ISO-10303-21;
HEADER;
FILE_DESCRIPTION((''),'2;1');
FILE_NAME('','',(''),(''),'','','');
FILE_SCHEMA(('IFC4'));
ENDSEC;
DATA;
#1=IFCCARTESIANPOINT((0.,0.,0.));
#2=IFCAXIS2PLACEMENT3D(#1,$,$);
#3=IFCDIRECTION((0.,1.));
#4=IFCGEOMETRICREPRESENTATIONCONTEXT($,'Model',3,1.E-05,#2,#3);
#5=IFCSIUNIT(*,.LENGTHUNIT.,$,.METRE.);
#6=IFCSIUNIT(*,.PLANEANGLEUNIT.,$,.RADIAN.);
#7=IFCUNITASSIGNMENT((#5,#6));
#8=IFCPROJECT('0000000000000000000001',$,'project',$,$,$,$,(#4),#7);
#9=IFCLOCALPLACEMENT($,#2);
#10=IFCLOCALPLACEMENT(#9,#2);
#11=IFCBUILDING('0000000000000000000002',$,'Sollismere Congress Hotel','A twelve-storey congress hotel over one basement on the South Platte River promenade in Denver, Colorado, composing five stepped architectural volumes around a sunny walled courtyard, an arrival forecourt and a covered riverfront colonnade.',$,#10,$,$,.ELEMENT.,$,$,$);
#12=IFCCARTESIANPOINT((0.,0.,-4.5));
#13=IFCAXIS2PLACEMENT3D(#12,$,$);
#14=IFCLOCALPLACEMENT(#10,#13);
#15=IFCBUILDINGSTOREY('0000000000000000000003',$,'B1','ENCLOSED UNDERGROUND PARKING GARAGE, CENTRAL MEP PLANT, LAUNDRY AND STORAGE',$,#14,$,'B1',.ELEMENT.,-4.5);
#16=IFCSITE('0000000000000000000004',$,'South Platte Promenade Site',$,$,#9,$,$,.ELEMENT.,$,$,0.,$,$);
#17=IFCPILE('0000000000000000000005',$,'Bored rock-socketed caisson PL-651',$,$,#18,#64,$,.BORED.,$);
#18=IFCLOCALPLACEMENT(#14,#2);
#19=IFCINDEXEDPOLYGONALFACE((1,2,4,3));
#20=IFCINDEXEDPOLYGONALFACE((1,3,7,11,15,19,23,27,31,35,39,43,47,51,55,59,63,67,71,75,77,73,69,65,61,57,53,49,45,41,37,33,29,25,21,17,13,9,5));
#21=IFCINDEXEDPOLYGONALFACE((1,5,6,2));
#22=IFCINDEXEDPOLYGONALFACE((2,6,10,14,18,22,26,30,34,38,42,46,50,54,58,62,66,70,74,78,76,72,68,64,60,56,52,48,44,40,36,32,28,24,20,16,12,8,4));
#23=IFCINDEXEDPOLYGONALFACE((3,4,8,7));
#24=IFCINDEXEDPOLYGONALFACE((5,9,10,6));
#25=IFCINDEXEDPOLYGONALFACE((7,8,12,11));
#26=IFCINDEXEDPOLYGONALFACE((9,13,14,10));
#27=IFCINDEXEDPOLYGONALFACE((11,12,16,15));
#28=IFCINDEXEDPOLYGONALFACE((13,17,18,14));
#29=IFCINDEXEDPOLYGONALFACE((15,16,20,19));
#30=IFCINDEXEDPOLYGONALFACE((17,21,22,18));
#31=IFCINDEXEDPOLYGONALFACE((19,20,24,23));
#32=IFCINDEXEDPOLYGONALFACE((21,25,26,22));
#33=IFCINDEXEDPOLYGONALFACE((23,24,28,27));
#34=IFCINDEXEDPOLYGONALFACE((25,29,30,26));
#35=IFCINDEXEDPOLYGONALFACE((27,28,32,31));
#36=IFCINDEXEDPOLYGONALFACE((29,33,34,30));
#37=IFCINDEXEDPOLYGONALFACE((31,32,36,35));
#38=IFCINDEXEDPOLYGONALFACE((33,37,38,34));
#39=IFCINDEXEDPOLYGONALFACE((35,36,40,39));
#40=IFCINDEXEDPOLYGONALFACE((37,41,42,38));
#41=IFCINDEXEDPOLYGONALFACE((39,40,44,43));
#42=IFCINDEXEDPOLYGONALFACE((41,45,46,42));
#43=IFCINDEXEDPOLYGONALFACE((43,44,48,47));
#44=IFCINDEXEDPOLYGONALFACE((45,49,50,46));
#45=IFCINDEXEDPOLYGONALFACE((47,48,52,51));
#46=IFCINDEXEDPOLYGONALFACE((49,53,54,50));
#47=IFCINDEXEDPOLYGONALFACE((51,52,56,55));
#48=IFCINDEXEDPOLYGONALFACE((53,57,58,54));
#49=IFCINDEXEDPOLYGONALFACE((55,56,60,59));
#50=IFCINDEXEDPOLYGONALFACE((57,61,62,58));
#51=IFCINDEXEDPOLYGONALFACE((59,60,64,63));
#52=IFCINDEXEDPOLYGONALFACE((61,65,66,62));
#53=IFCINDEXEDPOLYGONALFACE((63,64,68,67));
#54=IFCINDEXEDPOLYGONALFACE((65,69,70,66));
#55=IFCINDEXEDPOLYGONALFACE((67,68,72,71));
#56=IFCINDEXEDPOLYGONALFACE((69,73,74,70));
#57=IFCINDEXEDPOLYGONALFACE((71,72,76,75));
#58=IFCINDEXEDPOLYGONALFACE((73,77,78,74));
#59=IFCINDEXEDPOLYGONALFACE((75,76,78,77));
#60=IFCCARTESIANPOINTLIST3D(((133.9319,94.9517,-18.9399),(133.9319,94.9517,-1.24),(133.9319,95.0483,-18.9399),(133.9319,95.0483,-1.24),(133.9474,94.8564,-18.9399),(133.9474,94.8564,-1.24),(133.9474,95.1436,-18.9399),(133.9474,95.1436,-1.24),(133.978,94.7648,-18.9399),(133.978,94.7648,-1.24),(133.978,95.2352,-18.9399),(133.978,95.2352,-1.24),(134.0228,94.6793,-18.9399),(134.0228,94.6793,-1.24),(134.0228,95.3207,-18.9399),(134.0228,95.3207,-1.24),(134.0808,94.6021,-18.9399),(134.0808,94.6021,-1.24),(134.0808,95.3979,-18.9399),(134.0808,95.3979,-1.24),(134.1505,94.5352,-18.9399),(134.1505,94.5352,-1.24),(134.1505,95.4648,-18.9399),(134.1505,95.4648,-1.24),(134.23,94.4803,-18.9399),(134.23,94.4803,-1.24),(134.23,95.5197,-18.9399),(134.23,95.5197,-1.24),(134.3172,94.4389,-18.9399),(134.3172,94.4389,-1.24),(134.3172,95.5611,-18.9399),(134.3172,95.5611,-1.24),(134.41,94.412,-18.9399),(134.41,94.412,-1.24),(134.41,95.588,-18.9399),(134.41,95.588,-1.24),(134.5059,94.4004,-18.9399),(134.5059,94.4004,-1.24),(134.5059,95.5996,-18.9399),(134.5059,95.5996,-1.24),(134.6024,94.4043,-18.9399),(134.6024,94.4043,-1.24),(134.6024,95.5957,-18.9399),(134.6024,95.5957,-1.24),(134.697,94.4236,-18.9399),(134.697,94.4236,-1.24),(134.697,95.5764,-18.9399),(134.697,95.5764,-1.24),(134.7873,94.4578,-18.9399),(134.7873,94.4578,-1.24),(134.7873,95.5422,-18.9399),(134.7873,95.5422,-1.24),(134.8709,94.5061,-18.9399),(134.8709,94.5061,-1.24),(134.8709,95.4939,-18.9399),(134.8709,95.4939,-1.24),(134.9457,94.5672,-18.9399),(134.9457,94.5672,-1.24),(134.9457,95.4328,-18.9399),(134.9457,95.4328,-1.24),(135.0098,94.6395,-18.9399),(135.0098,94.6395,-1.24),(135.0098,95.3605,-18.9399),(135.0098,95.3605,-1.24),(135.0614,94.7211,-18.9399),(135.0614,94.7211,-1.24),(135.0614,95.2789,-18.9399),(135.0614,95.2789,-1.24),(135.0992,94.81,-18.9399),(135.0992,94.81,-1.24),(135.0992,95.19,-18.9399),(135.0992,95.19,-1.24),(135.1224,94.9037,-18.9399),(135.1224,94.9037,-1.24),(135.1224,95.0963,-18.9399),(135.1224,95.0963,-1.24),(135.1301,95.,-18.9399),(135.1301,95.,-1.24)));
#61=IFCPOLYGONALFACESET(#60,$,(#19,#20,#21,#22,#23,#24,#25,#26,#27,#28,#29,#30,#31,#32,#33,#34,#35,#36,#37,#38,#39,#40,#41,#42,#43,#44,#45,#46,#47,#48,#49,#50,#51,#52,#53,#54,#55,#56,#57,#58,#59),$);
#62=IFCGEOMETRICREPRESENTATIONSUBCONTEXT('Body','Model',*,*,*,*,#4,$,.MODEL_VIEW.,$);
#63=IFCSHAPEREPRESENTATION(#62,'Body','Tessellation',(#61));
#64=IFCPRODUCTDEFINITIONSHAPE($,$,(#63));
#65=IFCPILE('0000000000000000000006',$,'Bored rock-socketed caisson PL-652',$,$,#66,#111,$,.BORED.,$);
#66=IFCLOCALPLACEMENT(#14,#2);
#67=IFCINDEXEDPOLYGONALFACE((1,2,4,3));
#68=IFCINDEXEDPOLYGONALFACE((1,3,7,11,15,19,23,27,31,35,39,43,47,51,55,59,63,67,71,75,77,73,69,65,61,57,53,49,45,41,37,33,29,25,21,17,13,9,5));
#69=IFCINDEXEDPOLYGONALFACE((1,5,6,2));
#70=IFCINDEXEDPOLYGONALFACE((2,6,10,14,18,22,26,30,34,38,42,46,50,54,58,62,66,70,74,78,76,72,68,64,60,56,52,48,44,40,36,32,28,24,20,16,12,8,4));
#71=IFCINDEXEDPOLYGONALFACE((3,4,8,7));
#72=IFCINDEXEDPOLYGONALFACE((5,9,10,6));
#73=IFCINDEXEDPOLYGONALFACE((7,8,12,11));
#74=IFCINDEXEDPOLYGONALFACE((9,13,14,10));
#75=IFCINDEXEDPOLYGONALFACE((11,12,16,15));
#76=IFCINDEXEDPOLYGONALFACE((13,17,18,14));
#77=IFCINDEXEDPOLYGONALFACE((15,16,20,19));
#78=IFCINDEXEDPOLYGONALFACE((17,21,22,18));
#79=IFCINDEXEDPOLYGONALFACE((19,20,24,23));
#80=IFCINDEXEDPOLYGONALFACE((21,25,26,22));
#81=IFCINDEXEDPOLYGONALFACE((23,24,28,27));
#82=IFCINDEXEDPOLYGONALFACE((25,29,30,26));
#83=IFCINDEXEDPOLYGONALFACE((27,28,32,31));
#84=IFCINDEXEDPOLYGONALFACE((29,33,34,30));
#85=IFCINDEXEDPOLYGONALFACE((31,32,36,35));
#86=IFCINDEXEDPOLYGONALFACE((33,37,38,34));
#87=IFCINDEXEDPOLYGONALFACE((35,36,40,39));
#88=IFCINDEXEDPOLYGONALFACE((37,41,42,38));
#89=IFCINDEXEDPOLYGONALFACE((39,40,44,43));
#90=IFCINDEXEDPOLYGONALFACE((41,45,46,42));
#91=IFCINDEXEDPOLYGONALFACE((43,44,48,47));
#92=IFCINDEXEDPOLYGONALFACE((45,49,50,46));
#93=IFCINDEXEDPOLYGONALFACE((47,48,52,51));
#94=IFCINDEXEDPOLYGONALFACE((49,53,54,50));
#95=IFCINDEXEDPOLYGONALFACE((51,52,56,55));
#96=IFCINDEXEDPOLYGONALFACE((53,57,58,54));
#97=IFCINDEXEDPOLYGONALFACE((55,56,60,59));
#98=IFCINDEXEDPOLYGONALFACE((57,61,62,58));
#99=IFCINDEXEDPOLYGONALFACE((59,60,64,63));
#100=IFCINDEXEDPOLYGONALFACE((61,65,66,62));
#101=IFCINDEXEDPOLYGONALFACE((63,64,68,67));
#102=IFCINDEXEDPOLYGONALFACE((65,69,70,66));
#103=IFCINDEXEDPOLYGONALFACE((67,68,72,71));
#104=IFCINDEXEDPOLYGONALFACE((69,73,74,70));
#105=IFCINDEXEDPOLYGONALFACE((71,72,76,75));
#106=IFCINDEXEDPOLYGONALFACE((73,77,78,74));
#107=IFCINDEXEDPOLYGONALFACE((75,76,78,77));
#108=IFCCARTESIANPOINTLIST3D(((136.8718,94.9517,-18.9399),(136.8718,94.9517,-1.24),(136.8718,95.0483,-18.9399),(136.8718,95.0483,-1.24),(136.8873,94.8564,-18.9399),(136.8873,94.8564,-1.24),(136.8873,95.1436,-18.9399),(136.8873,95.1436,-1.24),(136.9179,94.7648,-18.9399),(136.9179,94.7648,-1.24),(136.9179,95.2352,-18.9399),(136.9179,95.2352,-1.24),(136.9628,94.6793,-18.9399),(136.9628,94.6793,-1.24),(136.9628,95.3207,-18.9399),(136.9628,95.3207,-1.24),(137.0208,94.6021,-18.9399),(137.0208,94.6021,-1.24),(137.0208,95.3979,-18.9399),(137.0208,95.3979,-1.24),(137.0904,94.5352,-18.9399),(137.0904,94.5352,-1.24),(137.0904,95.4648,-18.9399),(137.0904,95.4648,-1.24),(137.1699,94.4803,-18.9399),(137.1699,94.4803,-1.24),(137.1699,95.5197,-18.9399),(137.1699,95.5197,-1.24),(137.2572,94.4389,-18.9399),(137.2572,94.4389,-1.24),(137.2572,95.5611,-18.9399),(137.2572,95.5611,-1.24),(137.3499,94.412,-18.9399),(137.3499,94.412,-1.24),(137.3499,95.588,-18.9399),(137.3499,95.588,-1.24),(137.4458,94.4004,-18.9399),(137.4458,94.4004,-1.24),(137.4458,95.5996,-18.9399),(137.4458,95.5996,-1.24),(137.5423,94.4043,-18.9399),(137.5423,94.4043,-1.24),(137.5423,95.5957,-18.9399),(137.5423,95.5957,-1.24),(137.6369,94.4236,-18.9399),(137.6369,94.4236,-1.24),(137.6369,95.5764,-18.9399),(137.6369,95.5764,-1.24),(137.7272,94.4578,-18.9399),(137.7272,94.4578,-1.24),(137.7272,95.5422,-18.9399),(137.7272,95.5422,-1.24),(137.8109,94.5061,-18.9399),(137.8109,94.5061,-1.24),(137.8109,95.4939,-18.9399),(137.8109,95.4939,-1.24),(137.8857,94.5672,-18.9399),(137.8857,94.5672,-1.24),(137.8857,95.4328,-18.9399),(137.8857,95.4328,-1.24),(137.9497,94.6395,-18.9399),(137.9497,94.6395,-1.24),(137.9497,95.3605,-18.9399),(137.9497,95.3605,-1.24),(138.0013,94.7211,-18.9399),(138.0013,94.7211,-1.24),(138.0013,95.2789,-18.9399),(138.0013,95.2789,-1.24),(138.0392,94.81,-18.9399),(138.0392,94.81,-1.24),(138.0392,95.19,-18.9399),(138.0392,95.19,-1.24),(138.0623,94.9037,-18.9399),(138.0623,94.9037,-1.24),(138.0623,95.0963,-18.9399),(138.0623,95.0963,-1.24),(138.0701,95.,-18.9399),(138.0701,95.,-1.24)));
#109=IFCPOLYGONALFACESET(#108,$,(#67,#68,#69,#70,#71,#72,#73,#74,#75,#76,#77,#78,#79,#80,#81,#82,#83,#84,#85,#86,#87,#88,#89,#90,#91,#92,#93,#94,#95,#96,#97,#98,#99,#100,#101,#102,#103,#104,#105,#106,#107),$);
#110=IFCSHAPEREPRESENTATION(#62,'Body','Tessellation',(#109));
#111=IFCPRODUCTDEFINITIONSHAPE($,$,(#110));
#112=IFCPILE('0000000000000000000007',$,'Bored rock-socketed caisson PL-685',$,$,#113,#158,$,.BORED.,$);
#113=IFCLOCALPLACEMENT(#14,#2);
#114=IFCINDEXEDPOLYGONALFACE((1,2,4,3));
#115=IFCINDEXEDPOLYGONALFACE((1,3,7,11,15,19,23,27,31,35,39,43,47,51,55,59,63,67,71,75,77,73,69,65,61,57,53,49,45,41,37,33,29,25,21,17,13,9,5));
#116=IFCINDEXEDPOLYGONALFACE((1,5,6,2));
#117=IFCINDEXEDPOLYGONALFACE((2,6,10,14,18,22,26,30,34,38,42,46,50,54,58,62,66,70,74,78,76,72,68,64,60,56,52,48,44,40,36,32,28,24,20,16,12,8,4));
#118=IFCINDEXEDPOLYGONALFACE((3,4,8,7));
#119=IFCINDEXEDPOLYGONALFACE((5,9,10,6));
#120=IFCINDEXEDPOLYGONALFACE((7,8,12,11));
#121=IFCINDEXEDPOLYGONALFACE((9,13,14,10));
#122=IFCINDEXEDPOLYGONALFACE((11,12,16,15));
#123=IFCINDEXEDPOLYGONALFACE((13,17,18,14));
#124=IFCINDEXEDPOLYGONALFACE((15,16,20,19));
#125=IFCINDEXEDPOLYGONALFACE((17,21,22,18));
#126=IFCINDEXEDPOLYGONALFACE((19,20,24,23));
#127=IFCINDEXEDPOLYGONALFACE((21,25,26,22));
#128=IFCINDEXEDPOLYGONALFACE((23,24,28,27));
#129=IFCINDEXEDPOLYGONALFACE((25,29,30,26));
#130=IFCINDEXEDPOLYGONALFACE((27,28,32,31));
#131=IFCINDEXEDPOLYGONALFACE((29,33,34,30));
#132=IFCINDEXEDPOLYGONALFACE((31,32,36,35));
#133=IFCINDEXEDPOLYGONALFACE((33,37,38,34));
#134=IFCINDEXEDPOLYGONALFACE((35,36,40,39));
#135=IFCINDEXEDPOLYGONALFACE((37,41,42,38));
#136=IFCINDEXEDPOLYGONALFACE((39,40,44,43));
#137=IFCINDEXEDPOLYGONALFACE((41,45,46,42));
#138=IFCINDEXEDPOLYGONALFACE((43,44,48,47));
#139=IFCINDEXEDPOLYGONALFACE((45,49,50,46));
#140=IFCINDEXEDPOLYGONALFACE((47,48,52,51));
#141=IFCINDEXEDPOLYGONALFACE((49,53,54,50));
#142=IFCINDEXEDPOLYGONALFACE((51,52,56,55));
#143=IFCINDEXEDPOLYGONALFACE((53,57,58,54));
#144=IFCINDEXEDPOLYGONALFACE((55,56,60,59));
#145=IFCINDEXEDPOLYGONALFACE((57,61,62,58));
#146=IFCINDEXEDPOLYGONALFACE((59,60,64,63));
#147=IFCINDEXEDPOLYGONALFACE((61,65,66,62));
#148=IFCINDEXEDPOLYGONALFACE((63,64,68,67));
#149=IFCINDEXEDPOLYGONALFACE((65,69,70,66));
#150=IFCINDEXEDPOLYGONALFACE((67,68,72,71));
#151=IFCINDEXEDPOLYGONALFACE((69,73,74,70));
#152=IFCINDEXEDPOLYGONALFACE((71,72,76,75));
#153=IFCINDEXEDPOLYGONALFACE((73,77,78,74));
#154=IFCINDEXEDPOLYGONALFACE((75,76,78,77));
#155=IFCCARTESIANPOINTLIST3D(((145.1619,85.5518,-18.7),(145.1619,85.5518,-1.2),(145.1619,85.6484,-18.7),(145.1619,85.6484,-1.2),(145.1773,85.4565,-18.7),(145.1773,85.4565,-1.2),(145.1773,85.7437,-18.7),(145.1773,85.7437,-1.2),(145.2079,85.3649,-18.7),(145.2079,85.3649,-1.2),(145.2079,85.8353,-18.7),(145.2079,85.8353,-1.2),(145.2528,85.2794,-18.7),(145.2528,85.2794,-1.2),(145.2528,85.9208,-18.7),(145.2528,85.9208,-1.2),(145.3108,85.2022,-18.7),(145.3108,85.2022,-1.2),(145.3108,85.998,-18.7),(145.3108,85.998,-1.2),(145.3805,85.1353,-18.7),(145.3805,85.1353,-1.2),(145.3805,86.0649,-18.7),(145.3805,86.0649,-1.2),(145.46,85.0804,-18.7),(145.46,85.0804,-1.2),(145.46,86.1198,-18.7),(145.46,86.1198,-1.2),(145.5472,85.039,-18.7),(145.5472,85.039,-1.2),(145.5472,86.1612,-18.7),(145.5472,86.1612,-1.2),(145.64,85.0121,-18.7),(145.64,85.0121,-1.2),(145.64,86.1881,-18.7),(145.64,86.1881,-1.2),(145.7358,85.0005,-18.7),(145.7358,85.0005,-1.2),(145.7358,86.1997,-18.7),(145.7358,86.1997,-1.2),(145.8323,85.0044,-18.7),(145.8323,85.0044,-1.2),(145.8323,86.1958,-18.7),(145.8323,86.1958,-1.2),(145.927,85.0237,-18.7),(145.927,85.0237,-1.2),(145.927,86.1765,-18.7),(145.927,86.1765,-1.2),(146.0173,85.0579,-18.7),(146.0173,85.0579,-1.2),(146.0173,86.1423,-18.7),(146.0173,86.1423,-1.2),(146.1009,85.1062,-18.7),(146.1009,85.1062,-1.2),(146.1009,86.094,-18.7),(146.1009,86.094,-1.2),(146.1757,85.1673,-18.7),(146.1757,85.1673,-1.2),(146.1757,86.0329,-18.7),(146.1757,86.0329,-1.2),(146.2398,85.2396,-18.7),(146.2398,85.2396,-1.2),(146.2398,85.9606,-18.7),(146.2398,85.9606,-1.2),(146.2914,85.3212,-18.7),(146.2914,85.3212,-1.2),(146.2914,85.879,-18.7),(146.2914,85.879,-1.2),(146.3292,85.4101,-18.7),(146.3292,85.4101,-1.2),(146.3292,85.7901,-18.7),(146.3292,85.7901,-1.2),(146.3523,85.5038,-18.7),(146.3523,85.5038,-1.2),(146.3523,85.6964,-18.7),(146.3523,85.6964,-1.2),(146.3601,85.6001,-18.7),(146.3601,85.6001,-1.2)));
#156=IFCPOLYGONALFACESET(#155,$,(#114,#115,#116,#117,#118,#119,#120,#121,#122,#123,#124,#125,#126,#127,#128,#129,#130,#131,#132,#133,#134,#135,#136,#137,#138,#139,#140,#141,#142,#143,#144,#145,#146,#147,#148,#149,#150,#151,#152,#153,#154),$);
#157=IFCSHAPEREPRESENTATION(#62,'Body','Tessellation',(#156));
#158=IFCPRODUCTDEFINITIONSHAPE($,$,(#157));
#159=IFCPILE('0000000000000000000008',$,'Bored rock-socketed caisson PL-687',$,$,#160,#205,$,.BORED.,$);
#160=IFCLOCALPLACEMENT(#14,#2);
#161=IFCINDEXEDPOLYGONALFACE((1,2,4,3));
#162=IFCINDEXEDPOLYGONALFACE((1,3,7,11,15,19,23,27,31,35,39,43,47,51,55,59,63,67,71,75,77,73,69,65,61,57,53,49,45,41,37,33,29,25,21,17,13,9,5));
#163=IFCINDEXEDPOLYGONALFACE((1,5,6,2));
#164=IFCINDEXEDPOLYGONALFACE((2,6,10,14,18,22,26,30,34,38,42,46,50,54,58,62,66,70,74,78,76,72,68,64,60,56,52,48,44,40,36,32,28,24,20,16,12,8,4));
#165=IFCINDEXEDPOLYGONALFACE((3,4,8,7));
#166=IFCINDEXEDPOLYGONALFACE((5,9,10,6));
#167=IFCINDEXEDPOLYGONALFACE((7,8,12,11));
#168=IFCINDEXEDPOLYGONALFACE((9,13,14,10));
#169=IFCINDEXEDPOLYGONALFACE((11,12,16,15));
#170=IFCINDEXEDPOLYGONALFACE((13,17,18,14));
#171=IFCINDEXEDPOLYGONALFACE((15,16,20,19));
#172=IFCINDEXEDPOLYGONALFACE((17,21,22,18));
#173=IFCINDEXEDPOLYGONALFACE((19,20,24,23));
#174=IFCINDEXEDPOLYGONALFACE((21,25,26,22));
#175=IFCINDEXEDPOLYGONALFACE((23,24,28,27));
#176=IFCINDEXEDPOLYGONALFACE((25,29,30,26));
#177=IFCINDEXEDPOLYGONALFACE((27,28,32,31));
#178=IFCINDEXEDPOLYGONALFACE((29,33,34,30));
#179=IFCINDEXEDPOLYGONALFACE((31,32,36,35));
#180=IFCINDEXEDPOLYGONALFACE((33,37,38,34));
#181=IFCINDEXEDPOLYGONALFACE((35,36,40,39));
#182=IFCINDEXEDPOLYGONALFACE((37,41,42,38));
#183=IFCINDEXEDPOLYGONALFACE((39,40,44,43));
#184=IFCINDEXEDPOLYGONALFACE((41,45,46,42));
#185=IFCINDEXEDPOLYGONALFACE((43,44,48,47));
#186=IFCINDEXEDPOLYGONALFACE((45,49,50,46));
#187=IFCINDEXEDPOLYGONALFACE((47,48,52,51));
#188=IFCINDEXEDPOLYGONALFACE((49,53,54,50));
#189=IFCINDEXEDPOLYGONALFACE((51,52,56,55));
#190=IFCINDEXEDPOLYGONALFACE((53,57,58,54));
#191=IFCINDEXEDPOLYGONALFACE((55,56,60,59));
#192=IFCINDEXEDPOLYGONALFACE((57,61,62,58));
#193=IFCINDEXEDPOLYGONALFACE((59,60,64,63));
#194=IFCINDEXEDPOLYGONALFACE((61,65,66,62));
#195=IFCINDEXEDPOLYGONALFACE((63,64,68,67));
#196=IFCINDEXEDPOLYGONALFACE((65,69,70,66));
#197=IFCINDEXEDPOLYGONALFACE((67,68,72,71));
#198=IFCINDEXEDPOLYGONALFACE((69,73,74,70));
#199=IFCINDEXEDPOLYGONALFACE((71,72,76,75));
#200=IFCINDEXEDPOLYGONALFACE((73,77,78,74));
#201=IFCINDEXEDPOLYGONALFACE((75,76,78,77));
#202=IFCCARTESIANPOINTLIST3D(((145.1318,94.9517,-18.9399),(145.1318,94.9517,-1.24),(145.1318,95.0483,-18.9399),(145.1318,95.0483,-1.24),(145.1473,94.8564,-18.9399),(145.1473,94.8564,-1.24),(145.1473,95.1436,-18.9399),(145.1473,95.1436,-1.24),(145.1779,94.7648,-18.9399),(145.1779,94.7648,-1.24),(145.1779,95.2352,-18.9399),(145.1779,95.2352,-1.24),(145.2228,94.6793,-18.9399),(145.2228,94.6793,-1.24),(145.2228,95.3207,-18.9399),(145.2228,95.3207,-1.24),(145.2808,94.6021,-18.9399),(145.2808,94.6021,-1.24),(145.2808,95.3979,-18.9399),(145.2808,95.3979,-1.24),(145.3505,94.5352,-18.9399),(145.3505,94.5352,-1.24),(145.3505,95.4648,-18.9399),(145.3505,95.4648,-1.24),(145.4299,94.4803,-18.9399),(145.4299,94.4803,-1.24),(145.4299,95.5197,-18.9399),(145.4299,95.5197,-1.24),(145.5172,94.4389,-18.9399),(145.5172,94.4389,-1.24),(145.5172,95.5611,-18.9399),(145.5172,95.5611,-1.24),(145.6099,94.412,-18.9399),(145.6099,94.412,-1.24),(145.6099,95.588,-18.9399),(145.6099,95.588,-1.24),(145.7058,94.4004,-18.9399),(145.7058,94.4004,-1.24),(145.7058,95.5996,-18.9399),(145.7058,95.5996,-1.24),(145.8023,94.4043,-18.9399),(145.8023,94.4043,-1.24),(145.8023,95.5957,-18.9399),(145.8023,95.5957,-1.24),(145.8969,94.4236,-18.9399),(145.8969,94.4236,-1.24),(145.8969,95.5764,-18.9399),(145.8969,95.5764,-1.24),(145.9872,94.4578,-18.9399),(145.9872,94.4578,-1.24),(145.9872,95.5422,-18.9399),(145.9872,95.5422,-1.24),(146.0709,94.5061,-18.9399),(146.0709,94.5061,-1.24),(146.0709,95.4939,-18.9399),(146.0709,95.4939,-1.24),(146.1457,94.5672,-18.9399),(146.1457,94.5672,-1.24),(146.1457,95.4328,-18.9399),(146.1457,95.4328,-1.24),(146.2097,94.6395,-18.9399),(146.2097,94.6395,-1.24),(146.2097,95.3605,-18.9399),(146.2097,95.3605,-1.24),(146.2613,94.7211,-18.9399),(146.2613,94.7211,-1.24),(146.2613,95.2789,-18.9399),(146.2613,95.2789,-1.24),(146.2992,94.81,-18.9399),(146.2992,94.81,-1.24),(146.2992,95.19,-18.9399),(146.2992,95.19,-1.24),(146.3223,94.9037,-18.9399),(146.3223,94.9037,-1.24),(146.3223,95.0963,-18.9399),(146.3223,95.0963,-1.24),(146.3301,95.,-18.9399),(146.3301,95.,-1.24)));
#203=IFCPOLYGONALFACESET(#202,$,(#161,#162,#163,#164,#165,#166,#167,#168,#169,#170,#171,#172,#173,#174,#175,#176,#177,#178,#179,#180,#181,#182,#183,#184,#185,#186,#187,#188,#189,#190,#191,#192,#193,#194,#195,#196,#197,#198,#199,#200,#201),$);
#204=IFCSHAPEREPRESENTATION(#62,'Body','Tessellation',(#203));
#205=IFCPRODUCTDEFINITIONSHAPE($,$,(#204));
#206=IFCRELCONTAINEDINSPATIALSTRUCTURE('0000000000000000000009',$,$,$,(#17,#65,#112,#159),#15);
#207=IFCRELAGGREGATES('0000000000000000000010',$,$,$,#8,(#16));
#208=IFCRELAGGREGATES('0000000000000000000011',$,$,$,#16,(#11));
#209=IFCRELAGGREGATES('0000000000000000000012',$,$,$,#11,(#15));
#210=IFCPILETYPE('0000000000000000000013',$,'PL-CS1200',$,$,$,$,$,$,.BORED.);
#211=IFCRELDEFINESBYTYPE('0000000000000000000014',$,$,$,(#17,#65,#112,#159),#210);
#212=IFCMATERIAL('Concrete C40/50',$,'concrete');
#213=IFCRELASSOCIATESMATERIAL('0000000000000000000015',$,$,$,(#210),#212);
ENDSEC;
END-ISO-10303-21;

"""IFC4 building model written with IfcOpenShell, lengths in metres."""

from ifc_helpers import new_model, si_unit, direction, frame, origin, origin_2d, place, context, subcontext, project, spatial, circle, extrude, material, material_profile, profile_set, type_object, element, save


model = new_model("IFC4")

# Units and contexts
model_context = context("Model", 3, precision=1e-05, world=origin(), true_north=direction((0.0, 1.0)))
body_context = subcontext(model_context, "Body", "Model", "MODEL_VIEW")
ifc_project = project(units=[si_unit("LENGTHUNIT", "METRE"), si_unit("PLANEANGLEUNIT", "RADIAN")], contexts=[model_context])

# Site, building, storey
site_placement = place(None, origin())
site = spatial("IfcSite", under=ifc_project, at=site_placement, Name="South Platte Promenade Site", CompositionType="ELEMENT", RefElevation=0.0)
building_placement = place(site_placement, origin())
building = spatial("IfcBuilding", under=site, at=building_placement, Name="Sollismere Congress Hotel", Description="A twelve-storey congress hotel over one basement on the South Platte River promenade in Denver, Colorado, composing five stepped architectural volumes around a sunny walled courtyard, an arrival forecourt and a covered riverfront colonnade.", CompositionType="ELEMENT")
storey_placement = place(building_placement, frame((0.0, 0.0, -4.5)))
storey = spatial("IfcBuildingStorey", under=building, at=storey_placement, Name="B1", Description="ENCLOSED UNDERGROUND PARKING GARAGE, CENTRAL MEP PLANT, LAUNDRY AND STORAGE", LongName="B1", CompositionType="ELEMENT", Elevation=-4.5)

# Shared definitions
ifc_material_1 = material(Name="Concrete C40/50", Category="concrete")

# Piles
ifc_material_profile_1 = material_profile(ifc_material_1, circle(Radius=0.6001, at=origin_2d()), Name="CAISSON1200")
ifc_profile_set_1 = profile_set([ifc_material_profile_1], Name="Concrete C40/50")
pile_type = type_object("IfcPileType", Name="PL-CS1200", PredefinedType="BORED", material=ifc_profile_set_1)
for number, where, z_axis, x_axis, name in (
    (1, (134.53, 95.0, -1.24), (0.0, 0.0, -1.0), (1.0, 0.0, 0.0), "Bored rock-socketed caisson PL-651"),
    (2, (137.47, 95.0, -1.24), (0.0, 0.0, -1.0), (1.0, 0.0, 0.0), "Bored rock-socketed caisson PL-652"),
):
    element("IfcPile", number, at=place(storey_placement, frame(where, z_axis=z_axis, x_axis=x_axis)), inside=storey, type_object=pile_type, Name=name, PredefinedType="BORED", context=body_context, shape_type="SweptSolid", body=[
        extrude(circle(Radius=0.6001, at=origin_2d()), origin(), (0.0, 0.0, 1.0), 17.7),
    ])
pile_1_placement = place(storey_placement, frame((145.76, 85.6001, -1.2), z_axis=(0.0, 0.0, -1.0), x_axis=(1.0, 0.0, 0.0)))
element("IfcPile", 3, at=pile_1_placement, inside=storey, type_object=pile_type, Name="Bored rock-socketed caisson PL-685", PredefinedType="BORED", context=body_context, shape_type="SweptSolid", body=[
    extrude(circle(Radius=0.6001, at=origin_2d()), origin(), (0.0, 0.0, 1.0), 17.5),
])
pile_2_placement = place(storey_placement, frame((145.73, 95.0, -1.24), z_axis=(0.0, 0.0, -1.0), x_axis=(1.0, 0.0, 0.0)))
element("IfcPile", 4, at=pile_2_placement, inside=storey, type_object=pile_type, Name="Bored rock-socketed caisson PL-687", PredefinedType="BORED", context=body_context, shape_type="SweptSolid", body=[
    extrude(circle(Radius=0.6001, at=origin_2d()), origin(), (0.0, 0.0, 1.0), 17.7),
])

save(model, "model.ifc")
